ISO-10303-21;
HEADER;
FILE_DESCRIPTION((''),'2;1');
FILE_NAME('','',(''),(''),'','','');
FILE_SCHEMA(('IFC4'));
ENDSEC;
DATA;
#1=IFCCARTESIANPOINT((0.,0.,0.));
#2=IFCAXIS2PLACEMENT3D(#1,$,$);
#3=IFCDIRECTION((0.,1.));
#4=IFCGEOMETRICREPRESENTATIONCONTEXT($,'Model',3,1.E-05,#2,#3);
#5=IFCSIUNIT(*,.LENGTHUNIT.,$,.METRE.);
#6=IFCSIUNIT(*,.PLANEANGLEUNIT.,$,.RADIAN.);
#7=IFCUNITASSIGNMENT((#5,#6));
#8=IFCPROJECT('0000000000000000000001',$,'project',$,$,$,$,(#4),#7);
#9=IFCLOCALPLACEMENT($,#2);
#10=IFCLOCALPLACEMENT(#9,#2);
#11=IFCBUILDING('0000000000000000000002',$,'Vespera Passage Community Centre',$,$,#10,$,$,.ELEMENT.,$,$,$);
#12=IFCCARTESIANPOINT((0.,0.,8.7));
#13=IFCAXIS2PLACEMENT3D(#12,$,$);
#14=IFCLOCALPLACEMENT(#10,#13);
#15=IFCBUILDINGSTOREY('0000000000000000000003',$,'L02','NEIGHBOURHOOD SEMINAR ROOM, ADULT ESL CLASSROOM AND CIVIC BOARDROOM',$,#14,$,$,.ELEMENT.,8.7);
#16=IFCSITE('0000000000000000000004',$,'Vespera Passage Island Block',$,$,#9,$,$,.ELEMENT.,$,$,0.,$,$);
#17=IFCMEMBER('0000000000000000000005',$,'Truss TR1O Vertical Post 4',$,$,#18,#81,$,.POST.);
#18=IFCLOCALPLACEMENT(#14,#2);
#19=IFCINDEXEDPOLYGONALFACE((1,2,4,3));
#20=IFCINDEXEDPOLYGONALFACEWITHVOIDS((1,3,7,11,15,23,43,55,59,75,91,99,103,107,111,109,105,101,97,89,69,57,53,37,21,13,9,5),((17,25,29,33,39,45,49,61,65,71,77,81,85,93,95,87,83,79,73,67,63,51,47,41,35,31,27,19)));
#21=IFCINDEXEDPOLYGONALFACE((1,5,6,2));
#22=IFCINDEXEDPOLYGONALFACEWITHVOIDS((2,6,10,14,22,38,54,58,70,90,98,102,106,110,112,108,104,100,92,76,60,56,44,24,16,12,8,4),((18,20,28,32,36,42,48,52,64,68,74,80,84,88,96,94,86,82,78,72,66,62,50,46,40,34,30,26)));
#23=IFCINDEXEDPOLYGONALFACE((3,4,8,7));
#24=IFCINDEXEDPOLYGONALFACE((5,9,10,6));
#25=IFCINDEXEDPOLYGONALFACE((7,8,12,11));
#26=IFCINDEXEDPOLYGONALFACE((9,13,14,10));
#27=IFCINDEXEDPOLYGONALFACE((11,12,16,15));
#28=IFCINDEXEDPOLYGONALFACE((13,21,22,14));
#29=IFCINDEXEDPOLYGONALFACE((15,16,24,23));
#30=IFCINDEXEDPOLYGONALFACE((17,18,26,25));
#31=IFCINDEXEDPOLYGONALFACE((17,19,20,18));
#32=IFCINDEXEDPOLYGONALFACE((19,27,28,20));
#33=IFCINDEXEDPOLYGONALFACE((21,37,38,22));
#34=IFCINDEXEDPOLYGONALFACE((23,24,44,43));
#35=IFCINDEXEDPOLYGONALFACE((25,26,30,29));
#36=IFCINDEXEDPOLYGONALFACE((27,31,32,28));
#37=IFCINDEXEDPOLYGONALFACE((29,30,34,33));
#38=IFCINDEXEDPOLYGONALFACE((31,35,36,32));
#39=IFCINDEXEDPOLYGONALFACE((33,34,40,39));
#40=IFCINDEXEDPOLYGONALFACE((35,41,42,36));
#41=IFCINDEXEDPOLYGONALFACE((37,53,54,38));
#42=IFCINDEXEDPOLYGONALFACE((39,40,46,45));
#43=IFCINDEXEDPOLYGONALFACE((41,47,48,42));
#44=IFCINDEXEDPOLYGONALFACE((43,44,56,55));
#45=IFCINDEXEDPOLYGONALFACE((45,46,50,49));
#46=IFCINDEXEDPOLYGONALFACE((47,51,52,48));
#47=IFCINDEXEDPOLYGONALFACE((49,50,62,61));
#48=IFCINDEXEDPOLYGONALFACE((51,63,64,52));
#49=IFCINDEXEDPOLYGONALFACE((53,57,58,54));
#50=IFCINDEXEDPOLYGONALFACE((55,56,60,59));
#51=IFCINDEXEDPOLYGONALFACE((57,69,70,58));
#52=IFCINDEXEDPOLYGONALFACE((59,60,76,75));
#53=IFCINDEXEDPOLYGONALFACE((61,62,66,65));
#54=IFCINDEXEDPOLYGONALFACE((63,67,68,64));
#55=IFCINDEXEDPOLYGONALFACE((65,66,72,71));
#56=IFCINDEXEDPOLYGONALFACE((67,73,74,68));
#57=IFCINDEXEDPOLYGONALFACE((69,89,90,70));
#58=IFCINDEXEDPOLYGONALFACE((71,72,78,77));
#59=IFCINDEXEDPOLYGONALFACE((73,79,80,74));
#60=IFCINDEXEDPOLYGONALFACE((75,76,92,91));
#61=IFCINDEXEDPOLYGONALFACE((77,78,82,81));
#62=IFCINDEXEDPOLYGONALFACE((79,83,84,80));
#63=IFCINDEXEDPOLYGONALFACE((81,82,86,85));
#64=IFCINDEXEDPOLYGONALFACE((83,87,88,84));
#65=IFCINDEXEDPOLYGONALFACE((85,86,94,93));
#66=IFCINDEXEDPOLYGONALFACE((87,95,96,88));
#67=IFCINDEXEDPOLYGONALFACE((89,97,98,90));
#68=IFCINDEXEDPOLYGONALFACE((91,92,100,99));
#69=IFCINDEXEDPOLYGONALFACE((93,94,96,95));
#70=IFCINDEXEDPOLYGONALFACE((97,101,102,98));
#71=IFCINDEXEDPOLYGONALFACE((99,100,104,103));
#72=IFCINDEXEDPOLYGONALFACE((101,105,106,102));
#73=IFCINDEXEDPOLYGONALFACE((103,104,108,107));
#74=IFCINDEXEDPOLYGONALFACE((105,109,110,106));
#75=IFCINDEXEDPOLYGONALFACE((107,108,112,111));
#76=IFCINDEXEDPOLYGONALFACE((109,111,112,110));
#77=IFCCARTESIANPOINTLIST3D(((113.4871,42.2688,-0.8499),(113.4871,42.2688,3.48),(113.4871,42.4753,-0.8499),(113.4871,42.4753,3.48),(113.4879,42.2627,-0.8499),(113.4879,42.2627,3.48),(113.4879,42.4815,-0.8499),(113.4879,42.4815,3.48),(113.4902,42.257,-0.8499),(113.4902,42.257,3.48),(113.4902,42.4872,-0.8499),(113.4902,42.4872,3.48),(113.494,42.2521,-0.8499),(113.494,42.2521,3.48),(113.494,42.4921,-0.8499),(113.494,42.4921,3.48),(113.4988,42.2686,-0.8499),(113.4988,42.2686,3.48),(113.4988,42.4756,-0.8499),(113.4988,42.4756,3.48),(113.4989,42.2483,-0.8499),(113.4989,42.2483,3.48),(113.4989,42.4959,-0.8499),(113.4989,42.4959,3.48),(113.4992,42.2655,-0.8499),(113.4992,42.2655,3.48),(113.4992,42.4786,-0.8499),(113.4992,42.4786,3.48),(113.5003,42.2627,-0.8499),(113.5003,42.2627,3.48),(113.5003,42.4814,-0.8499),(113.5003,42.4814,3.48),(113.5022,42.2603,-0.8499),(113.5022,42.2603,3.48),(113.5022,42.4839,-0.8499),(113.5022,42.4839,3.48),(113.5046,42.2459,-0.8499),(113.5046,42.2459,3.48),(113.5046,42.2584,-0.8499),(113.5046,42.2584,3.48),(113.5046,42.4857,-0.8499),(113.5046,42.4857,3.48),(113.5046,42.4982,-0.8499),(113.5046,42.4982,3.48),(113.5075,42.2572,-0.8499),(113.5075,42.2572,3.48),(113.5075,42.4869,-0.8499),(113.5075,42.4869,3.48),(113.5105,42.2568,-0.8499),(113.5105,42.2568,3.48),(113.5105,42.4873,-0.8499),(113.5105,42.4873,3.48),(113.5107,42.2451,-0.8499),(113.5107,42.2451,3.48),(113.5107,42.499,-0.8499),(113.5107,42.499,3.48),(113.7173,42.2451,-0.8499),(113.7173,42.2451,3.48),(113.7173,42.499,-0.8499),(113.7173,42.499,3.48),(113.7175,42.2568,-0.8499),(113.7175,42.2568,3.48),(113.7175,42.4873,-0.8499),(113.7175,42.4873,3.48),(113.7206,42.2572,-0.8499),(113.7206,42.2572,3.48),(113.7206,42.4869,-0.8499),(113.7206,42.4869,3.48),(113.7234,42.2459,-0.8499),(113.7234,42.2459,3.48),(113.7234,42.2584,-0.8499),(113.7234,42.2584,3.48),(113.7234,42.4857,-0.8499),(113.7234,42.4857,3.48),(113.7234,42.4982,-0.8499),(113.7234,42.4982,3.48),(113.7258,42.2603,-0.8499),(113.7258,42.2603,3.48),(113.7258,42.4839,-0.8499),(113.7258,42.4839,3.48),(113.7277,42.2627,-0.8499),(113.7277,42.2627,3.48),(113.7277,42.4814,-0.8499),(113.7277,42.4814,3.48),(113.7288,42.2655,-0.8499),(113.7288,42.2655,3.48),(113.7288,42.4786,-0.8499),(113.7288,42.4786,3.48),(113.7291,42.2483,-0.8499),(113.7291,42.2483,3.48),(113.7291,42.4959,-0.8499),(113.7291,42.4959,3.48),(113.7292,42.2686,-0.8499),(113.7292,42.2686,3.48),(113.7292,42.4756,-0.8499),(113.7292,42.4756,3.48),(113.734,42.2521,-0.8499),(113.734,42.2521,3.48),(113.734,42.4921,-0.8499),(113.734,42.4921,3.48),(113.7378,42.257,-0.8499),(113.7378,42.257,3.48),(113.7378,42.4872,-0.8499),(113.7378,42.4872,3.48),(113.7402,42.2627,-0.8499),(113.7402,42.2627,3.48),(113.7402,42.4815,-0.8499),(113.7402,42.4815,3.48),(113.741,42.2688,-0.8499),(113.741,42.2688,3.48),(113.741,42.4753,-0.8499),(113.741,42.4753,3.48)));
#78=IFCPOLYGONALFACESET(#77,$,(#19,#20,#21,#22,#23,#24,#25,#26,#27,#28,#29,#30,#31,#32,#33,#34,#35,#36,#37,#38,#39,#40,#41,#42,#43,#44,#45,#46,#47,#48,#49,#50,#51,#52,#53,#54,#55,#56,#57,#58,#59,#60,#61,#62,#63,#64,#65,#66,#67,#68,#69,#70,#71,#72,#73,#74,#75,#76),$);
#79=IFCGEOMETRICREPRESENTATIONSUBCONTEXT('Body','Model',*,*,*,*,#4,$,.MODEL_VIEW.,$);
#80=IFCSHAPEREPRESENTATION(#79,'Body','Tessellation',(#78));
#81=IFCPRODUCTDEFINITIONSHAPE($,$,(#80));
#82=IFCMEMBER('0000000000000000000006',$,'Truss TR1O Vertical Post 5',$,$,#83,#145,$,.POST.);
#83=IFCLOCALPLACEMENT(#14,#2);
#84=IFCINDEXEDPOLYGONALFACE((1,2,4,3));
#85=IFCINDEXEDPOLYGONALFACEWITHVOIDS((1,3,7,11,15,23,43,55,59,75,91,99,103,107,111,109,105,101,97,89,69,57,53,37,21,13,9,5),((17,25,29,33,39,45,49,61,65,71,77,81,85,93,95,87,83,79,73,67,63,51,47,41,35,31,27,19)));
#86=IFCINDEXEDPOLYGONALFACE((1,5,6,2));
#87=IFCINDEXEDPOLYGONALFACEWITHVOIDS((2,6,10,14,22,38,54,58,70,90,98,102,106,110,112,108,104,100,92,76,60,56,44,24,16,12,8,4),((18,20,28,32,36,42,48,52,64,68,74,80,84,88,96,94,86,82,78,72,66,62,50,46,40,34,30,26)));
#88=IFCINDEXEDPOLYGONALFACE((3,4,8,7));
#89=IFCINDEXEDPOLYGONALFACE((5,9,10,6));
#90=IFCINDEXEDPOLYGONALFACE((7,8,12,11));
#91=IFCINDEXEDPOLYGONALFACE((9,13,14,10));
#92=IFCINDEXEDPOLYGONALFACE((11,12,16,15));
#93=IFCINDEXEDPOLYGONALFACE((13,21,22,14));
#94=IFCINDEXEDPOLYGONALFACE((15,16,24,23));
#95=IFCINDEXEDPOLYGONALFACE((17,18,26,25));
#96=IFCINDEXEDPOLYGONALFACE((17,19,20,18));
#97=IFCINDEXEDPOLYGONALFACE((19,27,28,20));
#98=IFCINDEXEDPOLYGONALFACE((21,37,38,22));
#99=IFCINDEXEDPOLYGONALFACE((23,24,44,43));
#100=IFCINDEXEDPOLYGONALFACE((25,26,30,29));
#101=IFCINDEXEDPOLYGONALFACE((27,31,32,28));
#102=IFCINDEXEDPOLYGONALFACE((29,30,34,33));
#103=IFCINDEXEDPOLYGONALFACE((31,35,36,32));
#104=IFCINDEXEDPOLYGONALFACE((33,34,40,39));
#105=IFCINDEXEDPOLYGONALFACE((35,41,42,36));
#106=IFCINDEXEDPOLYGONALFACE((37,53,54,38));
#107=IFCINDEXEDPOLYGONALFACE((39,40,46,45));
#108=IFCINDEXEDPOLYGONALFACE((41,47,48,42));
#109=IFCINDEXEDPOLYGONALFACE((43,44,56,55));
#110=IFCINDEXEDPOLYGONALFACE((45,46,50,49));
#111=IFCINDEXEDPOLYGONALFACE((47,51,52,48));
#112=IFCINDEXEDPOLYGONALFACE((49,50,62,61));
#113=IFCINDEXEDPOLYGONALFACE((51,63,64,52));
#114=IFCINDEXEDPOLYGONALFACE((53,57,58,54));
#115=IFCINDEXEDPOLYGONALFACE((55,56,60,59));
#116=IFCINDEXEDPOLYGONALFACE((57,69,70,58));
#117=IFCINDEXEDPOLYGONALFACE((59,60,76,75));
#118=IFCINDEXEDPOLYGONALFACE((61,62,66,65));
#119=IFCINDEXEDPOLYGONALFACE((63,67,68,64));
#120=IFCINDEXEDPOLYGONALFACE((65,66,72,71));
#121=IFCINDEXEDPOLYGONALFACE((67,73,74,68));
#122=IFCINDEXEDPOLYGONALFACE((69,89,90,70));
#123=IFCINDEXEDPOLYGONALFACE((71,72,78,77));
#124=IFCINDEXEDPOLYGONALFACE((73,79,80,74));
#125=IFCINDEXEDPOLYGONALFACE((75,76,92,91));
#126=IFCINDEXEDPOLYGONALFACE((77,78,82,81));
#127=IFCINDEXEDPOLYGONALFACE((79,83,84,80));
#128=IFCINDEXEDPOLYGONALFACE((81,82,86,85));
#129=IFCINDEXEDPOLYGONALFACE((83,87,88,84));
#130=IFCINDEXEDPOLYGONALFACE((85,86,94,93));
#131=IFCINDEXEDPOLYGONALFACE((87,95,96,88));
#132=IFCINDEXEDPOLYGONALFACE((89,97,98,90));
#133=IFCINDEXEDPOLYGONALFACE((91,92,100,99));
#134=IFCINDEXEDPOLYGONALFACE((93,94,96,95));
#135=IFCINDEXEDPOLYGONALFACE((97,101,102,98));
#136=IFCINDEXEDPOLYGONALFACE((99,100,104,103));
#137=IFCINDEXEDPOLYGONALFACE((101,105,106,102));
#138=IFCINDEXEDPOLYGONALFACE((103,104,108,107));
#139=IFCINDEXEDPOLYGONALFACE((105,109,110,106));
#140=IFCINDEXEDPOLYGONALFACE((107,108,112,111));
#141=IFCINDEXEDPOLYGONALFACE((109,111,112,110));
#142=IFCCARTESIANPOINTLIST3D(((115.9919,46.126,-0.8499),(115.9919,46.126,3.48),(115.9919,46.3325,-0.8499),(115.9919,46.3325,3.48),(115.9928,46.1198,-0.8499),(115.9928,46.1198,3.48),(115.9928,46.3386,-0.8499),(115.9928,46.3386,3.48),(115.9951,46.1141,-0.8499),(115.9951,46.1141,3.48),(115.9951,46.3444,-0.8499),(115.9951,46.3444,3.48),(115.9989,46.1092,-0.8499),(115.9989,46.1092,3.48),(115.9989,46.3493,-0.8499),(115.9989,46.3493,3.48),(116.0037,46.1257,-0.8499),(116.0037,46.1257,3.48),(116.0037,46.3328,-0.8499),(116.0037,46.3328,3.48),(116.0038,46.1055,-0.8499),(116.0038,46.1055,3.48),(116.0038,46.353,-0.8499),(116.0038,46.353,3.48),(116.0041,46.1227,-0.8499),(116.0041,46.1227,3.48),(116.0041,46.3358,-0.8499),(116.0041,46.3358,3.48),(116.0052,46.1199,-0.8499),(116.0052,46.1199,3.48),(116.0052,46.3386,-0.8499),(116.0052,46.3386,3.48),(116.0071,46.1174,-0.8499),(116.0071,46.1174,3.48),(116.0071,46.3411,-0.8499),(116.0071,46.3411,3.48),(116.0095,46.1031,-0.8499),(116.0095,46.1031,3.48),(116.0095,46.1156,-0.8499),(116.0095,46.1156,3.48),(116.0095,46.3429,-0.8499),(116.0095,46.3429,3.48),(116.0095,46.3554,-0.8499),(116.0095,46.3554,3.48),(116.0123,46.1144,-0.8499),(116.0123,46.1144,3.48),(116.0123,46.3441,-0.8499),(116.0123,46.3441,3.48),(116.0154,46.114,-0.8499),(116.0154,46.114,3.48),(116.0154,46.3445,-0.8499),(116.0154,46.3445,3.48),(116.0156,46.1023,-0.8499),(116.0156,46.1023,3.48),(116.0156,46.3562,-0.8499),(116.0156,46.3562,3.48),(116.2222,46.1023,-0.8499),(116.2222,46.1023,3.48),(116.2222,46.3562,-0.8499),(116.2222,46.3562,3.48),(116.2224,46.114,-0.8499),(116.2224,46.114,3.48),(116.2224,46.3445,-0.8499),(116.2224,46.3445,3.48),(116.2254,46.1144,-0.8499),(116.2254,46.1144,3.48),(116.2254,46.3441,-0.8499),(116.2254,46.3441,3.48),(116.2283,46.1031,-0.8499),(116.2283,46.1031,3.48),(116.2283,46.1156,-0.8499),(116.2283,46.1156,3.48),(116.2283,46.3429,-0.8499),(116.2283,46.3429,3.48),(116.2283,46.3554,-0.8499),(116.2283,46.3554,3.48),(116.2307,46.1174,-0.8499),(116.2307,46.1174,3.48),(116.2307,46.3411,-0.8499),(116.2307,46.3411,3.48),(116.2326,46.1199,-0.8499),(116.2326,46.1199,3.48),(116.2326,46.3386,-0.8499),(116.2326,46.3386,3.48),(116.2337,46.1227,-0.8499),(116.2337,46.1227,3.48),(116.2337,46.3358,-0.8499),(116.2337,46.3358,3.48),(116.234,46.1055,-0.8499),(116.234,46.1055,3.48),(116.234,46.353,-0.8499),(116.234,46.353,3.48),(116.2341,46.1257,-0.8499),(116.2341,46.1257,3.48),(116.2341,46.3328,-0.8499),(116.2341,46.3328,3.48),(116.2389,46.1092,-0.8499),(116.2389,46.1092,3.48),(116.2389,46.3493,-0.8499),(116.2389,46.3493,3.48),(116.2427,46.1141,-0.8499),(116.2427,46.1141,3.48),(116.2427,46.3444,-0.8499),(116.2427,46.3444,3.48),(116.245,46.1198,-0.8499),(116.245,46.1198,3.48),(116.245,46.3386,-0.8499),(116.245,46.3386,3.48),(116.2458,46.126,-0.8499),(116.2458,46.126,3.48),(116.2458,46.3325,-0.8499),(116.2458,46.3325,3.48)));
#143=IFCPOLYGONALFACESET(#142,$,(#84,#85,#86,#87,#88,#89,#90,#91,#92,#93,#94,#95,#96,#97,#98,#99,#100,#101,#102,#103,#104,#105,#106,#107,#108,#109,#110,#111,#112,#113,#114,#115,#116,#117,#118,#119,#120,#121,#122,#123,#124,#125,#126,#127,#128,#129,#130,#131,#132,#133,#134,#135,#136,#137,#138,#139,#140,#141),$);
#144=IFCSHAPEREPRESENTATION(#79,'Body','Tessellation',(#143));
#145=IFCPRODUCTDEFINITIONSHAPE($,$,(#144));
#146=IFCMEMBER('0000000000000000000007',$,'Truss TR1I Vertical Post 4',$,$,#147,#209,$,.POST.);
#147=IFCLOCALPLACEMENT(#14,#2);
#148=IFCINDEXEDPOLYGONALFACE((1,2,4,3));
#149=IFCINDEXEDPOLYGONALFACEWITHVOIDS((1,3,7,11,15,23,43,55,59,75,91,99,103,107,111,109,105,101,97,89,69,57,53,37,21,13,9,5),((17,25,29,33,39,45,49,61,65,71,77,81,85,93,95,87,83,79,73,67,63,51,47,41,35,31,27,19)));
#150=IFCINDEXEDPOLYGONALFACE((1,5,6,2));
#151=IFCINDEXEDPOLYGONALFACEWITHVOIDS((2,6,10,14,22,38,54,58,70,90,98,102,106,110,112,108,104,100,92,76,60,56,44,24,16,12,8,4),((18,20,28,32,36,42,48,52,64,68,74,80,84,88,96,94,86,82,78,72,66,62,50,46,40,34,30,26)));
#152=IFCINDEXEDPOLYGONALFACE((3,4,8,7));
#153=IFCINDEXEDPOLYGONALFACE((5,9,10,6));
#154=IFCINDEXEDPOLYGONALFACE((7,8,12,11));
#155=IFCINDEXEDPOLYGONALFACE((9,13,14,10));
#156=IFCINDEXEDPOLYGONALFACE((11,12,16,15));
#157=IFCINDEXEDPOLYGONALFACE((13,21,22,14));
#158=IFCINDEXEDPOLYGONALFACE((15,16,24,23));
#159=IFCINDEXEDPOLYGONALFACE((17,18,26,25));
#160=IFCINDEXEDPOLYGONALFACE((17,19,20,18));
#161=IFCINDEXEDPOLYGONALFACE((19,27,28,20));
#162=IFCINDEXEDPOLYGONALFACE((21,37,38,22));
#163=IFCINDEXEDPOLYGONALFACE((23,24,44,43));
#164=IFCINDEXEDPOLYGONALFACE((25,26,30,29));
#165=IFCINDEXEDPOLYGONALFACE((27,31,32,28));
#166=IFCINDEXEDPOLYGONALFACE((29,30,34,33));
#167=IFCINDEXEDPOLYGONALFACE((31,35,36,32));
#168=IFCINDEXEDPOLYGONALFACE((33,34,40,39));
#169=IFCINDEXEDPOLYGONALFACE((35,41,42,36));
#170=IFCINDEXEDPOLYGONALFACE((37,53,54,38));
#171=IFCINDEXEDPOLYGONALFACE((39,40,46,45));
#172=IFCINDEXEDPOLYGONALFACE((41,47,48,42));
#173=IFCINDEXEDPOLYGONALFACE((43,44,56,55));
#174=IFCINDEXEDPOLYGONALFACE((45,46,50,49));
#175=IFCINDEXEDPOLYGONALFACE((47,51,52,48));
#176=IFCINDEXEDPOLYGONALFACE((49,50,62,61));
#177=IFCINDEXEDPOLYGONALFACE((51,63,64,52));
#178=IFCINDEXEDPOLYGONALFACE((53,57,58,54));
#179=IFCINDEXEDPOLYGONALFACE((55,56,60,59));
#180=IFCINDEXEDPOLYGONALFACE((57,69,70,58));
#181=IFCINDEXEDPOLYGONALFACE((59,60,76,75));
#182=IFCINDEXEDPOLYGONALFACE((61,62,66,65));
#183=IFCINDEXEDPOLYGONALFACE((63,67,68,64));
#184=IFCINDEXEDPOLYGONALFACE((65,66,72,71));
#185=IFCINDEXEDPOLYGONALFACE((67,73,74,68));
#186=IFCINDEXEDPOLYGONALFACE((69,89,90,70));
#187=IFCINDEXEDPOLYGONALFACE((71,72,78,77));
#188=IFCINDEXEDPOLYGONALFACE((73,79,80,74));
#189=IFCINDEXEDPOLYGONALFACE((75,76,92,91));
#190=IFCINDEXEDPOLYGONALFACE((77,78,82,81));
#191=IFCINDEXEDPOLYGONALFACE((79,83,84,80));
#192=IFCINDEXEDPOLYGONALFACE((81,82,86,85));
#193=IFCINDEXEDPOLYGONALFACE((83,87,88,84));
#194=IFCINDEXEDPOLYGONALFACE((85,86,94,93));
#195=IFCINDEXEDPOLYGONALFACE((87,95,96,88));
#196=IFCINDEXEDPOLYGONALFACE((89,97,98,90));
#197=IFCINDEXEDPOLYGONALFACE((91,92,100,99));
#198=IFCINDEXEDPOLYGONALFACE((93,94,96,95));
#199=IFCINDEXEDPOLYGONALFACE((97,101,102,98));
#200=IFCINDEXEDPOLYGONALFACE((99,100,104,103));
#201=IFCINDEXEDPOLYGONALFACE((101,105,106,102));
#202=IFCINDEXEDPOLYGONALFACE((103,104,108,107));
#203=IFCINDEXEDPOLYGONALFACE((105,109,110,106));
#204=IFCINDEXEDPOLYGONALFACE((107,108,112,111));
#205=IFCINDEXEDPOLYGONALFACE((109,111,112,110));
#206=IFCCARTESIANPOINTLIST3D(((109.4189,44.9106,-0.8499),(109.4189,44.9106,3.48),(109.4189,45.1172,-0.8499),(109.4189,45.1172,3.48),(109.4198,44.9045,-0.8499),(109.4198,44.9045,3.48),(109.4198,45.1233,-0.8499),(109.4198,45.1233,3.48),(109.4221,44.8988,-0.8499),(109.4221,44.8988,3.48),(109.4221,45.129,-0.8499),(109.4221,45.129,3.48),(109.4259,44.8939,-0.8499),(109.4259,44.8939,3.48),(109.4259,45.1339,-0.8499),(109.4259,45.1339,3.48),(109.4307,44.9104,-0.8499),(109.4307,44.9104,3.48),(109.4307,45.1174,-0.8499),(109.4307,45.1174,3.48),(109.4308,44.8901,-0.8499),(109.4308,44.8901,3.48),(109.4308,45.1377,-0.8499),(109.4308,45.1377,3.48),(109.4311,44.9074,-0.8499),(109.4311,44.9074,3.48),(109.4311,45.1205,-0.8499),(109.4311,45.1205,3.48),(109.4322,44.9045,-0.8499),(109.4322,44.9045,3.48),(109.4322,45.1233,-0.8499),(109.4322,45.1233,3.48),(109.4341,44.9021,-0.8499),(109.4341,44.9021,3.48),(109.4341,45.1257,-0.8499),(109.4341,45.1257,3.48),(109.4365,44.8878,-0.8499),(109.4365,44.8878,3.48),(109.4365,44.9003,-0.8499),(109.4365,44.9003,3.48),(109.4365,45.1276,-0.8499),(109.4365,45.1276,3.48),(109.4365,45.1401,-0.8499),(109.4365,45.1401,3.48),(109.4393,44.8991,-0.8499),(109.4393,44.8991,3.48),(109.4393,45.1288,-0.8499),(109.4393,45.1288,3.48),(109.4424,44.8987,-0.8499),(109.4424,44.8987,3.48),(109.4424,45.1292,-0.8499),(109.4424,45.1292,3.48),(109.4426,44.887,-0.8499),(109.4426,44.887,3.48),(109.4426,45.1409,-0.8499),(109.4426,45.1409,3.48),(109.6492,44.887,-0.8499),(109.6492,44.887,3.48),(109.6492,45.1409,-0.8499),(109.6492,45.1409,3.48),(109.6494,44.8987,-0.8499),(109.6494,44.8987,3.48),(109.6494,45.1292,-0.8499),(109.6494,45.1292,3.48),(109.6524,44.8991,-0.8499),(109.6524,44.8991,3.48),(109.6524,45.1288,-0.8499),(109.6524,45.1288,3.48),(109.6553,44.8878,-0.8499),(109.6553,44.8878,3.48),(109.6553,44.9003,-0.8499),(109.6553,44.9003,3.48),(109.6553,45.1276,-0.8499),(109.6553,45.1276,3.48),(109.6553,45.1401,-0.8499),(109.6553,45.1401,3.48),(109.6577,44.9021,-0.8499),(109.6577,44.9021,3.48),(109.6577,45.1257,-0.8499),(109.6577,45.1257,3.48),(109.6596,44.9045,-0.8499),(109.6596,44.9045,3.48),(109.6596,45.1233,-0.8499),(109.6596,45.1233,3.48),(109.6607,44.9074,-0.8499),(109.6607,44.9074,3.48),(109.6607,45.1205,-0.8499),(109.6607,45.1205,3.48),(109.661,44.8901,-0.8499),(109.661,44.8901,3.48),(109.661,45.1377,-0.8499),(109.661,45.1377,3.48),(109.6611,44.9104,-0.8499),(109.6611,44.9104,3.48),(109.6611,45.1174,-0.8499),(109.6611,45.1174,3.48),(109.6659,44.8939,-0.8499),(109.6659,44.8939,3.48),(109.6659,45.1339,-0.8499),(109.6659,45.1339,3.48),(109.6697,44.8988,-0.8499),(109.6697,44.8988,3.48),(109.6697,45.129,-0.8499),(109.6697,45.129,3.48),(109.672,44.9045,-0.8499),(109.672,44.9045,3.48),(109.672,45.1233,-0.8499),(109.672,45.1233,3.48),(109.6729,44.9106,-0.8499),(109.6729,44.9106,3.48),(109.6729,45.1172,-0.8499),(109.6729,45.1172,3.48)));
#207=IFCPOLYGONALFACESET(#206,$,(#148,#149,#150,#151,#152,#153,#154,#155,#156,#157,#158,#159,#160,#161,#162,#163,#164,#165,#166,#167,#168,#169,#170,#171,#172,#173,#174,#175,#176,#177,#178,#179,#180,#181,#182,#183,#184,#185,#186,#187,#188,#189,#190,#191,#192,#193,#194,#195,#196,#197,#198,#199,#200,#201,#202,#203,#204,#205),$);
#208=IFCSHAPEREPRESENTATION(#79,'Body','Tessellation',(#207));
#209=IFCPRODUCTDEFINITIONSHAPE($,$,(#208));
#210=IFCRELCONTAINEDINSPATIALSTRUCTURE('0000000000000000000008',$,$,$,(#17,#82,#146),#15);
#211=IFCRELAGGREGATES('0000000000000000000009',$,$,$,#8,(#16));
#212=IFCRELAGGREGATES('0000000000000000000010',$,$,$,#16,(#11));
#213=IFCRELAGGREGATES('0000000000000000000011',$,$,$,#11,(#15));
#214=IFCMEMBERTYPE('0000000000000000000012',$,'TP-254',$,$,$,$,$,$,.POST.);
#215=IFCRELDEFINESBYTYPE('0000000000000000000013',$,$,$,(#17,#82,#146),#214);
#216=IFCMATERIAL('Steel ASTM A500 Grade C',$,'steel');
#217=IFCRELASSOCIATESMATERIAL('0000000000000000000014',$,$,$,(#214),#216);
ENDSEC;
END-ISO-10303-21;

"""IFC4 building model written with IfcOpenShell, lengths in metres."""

from ifc_helpers import new_model, si_unit, direction, frame, origin, origin_2d, place, context, subcontext, project, spatial, hollow_rectangle, extrude, material, material_profile, profile_set, type_object, element, save


model = new_model("IFC4")

# Units and contexts
model_context = context("Model", 3, precision=1e-05, world=origin(), true_north=direction((0.0, 1.0)))
body_context = subcontext(model_context, "Body", "Model", "MODEL_VIEW")
ifc_project = project(units=[si_unit("LENGTHUNIT", "METRE"), si_unit("PLANEANGLEUNIT", "RADIAN")], contexts=[model_context])

# Site, building, storey
site_placement = place(None, origin())
site = spatial("IfcSite", under=ifc_project, at=site_placement, Name="Vespera Passage Island Block", CompositionType="ELEMENT", RefElevation=0.0)
building_placement = place(site_placement, origin())
building = spatial("IfcBuilding", under=site, at=building_placement, Name="Vespera Passage Community Centre", CompositionType="ELEMENT")
storey_placement = place(building_placement, frame((0.0, 0.0, 8.7)))
storey = spatial("IfcBuildingStorey", under=building, at=storey_placement, Name="L02", Description="NEIGHBOURHOOD SEMINAR ROOM, ADULT ESL CLASSROOM AND CIVIC BOARDROOM", CompositionType="ELEMENT", Elevation=8.7)

# Members
ifc_material_1 = material(Name="Steel ASTM A500 Grade C", Category="steel")
ifc_material_profile_1 = material_profile(ifc_material_1, hollow_rectangle(XDim=0.2539, YDim=0.2539, WallThickness=0.0117, InnerFilletRadius=0.0117, OuterFilletRadius=0.0237, at=origin_2d()), Name="HSS254X254X12.7")
ifc_profile_set_1 = profile_set([ifc_material_profile_1], Name="Steel ASTM A500 Grade C")
member_type_1 = type_object("IfcMemberType", Name="TP-254", PredefinedType="POST", material=ifc_profile_set_1)
for number, where, z_axis, x_axis, name in (
    (1, (113.614, 42.3721, -0.8499), (0.0, 0.0, 1.0), (1.0, 0.0, 0.0), "Truss TR1O Vertical Post 4"),
    (2, (116.1189, 46.2292, -0.8499), (0.0, 0.0, 1.0), (1.0, 0.0, 0.0), "Truss TR1O Vertical Post 5"),
    (3, (109.5459, 45.0139, -0.8499), (0.0, 0.0, 1.0), (1.0, 0.0, 0.0), "Truss TR1I Vertical Post 4"),
):
    element("IfcMember", number, at=place(storey_placement, frame(where, z_axis=z_axis, x_axis=x_axis)), inside=storey, type_object=member_type_1, Name=name, PredefinedType="POST", context=body_context, shape_type="SweptSolid", body=[
        extrude(hollow_rectangle(XDim=0.2539, YDim=0.2539, WallThickness=0.0117, InnerFilletRadius=0.0117, OuterFilletRadius=0.0237, at=origin_2d()), origin(), (0.0, 0.0, 1.0), 4.3298),
    ])

save(model, "model.ifc")
